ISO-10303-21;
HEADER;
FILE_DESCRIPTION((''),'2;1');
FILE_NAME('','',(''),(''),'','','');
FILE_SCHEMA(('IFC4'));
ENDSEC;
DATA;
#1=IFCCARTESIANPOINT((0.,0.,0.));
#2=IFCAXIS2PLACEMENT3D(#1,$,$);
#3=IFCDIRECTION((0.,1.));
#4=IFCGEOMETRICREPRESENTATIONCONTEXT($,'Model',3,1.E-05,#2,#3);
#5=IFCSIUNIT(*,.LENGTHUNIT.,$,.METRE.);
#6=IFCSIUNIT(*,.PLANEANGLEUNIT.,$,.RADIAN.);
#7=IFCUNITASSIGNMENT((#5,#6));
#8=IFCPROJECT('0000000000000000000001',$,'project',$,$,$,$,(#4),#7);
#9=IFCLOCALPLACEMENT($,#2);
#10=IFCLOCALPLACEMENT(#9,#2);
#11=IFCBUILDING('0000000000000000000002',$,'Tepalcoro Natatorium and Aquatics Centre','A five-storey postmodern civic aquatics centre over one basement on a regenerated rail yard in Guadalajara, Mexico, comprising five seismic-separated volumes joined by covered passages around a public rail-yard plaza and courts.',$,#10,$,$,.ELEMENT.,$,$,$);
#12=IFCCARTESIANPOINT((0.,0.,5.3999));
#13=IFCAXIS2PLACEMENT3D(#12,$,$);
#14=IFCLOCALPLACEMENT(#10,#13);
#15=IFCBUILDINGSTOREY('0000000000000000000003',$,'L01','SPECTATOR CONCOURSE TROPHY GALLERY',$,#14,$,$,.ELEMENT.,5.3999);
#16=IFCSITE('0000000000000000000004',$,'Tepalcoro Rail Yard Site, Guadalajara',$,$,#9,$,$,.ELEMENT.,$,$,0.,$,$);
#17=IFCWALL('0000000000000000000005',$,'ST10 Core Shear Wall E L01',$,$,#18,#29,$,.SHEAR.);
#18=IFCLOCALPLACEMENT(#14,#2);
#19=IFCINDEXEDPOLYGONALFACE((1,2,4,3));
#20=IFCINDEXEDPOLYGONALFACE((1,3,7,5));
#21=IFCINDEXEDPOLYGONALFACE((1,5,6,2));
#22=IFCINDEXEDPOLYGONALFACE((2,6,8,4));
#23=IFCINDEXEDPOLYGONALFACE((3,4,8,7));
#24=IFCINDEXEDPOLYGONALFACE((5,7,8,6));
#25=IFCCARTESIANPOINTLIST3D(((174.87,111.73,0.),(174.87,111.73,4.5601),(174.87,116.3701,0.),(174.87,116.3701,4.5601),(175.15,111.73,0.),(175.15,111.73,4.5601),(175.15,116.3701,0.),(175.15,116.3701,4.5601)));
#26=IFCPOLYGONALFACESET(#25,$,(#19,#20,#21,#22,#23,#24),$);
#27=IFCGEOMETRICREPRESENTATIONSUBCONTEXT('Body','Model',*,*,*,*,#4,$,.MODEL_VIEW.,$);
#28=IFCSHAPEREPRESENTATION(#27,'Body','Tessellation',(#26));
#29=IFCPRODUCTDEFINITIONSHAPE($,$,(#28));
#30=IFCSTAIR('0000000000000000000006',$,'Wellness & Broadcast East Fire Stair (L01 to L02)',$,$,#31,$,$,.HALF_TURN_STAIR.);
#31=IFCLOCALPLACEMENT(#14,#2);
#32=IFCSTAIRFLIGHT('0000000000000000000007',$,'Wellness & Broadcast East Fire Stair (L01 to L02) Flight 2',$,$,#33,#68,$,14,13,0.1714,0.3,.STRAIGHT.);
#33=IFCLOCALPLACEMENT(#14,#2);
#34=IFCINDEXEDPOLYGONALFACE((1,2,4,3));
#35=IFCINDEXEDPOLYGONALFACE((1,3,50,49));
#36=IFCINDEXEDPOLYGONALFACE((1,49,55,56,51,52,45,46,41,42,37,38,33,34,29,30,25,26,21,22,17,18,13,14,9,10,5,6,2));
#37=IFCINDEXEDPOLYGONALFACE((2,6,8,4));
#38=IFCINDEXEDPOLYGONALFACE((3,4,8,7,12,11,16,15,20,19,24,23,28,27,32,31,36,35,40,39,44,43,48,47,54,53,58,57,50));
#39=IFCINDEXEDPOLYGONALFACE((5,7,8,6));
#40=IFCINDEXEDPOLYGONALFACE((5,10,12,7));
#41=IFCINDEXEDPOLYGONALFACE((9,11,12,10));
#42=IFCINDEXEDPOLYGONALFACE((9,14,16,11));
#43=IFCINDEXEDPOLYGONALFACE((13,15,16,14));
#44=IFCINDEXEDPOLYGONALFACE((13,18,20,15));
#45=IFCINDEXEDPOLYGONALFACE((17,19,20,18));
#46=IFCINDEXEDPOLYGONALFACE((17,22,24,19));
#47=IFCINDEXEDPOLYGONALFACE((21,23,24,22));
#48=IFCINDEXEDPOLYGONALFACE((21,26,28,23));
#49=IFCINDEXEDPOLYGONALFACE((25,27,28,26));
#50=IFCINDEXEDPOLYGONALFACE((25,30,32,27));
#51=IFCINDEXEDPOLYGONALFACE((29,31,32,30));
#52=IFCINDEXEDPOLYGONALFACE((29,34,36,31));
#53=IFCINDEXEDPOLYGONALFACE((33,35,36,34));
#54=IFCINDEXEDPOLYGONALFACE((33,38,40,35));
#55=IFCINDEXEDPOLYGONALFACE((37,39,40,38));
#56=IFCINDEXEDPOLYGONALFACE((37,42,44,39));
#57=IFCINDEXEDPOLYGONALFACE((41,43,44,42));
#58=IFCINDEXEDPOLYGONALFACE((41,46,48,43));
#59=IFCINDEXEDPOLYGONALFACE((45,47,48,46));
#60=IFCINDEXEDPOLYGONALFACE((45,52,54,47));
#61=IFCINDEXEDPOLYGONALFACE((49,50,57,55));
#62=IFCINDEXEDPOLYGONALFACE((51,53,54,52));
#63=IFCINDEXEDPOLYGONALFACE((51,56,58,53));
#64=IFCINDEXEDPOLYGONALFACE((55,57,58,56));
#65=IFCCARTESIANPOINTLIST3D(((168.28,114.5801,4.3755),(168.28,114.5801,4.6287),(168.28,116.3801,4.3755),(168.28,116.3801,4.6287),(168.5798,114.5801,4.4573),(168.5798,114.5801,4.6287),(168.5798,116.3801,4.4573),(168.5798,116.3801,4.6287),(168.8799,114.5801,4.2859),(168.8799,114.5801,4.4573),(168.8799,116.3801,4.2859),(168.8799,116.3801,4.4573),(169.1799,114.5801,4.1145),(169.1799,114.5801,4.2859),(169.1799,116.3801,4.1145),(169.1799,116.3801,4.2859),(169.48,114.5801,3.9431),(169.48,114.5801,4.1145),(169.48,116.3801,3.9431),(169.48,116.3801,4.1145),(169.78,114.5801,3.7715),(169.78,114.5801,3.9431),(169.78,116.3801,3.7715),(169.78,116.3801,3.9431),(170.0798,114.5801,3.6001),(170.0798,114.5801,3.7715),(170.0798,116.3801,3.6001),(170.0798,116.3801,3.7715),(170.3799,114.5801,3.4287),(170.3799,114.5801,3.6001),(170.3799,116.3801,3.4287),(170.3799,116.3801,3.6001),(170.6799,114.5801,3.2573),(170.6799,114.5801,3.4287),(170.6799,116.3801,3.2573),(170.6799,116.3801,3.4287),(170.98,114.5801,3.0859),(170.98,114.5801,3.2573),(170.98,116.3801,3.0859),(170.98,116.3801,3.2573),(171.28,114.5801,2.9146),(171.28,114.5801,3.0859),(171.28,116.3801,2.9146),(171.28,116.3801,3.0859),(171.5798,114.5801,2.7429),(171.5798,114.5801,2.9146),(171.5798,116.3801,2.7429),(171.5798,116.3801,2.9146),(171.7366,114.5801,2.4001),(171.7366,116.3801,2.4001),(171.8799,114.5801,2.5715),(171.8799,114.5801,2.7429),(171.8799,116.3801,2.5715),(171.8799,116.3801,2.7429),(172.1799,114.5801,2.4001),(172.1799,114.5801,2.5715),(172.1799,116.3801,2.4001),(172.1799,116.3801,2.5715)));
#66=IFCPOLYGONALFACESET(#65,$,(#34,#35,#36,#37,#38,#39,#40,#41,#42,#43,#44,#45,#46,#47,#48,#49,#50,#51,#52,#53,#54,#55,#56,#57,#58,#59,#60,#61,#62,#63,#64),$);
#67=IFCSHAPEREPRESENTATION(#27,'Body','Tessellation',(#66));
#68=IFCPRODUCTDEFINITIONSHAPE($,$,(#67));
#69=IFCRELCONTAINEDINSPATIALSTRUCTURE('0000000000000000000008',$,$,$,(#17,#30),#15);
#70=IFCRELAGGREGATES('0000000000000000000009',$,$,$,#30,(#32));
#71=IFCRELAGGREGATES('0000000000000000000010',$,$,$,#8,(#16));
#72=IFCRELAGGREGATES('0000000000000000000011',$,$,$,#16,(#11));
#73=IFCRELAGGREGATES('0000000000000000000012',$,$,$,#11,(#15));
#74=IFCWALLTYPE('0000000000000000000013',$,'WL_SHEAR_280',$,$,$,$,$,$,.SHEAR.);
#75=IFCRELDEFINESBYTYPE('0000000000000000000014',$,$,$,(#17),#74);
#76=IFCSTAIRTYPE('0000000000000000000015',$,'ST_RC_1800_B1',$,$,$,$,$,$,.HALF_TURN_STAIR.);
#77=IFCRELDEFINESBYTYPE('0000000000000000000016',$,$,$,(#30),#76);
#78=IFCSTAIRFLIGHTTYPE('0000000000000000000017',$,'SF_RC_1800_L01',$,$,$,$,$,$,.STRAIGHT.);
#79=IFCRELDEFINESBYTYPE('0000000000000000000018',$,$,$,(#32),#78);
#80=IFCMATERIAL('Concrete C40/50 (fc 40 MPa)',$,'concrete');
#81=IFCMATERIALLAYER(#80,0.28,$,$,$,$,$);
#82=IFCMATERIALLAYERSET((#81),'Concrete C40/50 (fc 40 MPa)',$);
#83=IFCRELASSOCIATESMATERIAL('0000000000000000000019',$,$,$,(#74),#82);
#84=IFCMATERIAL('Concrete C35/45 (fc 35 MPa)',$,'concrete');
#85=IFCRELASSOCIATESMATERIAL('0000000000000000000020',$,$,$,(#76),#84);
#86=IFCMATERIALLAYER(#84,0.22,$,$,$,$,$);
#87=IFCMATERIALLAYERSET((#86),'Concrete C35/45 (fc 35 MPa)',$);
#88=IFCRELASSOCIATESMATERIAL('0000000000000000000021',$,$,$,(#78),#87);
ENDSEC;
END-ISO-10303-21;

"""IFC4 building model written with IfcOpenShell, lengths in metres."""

from ifc_helpers import new_model, si_unit, direction, frame, frame_2d, origin, place, context, subcontext, project, spatial, polyline, rectangle, outline, extrude, material, layer, layer_set, type_object, element, aggregate, save


model = new_model("IFC4")

# Units and contexts
model_context = context("Model", 3, precision=1e-05, world=origin(), true_north=direction((0.0, 1.0)))
body_context = subcontext(model_context, "Body", "Model", "MODEL_VIEW")
ifc_project = project(units=[si_unit("LENGTHUNIT", "METRE"), si_unit("PLANEANGLEUNIT", "RADIAN")], contexts=[model_context])

# Site, building, storey
site_placement = place(None, origin())
site = spatial("IfcSite", under=ifc_project, at=site_placement, Name="Tepalcoro Rail Yard Site, Guadalajara", CompositionType="ELEMENT", RefElevation=0.0)
building_placement = place(site_placement, origin())
building = spatial("IfcBuilding", under=site, at=building_placement, Name="Tepalcoro Natatorium and Aquatics Centre", Description="A five-storey postmodern civic aquatics centre over one basement on a regenerated rail yard in Guadalajara, Mexico, comprising five seismic-separated volumes joined by covered passages around a public rail-yard plaza and courts.", CompositionType="ELEMENT")
storey_placement = place(building_placement, frame((0.0, 0.0, 5.3999)))
storey = spatial("IfcBuildingStorey", under=building, at=storey_placement, Name="L01", Description="SPECTATOR CONCOURSE TROPHY GALLERY", CompositionType="ELEMENT", Elevation=5.3999)

# Shared definitions
ifc_material_1 = material(Name="Concrete C40/50 (fc 40 MPa)", Category="concrete")

# Wall
ifc_layer_1 = layer(ifc_material_1, 0.28)
ifc_layer_set_1 = layer_set([ifc_layer_1], Name="Concrete C40/50 (fc 40 MPa)")
wall_type = type_object("IfcWallType", Name="WL_SHEAR_280", PredefinedType="SHEAR", material=ifc_layer_set_1)
wall_placement = place(storey_placement, frame((175.01, 111.73, 0.0), z_axis=(0.0, 0.0, 1.0), x_axis=(0.0, 1.0, 0.0)))
element("IfcWall", 1, at=wall_placement, inside=storey, type_object=wall_type, Name="ST10 Core Shear Wall E L01", PredefinedType="SHEAR", context=body_context, shape_type="SweptSolid", body=[
    extrude(rectangle(XDim=4.6401, YDim=0.28, at=frame_2d((2.3201, 0.0))), origin(), (0.0, 0.0, 1.0), 4.5601),
])

# Stair, stair flight
ifc_material_2 = material(Name="Concrete C35/45 (fc 35 MPa)", Category="concrete")
stair_type = type_object("IfcStairType", Name="ST_RC_1800_B1", PredefinedType="HALF_TURN_STAIR", material=ifc_material_2)
stair_placement = place(storey_placement, origin())
stair = element("IfcStair", 2, at=stair_placement, inside=storey, type_object=stair_type, Name="Wellness & Broadcast East Fire Stair (L01 to L02)", PredefinedType="HALF_TURN_STAIR")
ifc_layer_2 = layer(ifc_material_2, 0.22)
ifc_layer_set_2 = layer_set([ifc_layer_2], Name="Concrete C35/45 (fc 35 MPa)")
stair_flight_type = type_object("IfcStairFlightType", Name="SF_RC_1800_L01", PredefinedType="STRAIGHT", material=ifc_layer_set_2)
stair_flight_placement = place(storey_placement, frame((172.1799, 115.48, 2.4001), z_axis=(0.0, 0.0, 1.0), x_axis=(-1.0, 0.0, 0.0)))
stair_flight = element("IfcStairFlight", 3, at=stair_flight_placement, type_object=stair_flight_type, Name="Wellness & Broadcast East Fire Stair (L01 to L02) Flight 2", NumberOfRisers=14, NumberOfTreads=13, PredefinedType="STRAIGHT", RiserHeight=0.1714, TreadLength=0.3, context=body_context, shape_type="SweptSolid", body=[
    extrude(outline(polyline([(0.0, 0.0), (0.0, 0.1714), (0.3, 0.1714), (0.3, 0.3428), (0.6001, 0.3428), (0.6001, 0.5144), (0.8999, 0.5144), (0.8999, 0.6858), (1.2, 0.6858), (1.2, 0.8572), (1.5, 0.8572), (1.5, 1.0286), (1.8, 1.0286), (1.8, 1.2), (2.1001, 1.2), (2.1001, 1.3713), (2.3999, 1.3713), (2.3999, 1.543), (2.7, 1.543), (2.7, 1.7144), (3.0, 1.7144), (3.0, 1.8857), (3.3, 1.8857), (3.3, 2.0571), (3.6001, 2.0571), (3.6001, 2.2285), (3.8999, 2.2285), (3.8999, 2.3999), (3.8999, 1.9753), (0.4434, 0.0), (0.0, 0.0)])), frame((0.0, 0.8999, 0.0), z_axis=(0.0, -1.0, 0.0), x_axis=(1.0, 0.0, 0.0)), (0.0, 0.0, 1.0), 1.8),
])
aggregate(stair, [stair_flight])

save(model, "model.ifc")
